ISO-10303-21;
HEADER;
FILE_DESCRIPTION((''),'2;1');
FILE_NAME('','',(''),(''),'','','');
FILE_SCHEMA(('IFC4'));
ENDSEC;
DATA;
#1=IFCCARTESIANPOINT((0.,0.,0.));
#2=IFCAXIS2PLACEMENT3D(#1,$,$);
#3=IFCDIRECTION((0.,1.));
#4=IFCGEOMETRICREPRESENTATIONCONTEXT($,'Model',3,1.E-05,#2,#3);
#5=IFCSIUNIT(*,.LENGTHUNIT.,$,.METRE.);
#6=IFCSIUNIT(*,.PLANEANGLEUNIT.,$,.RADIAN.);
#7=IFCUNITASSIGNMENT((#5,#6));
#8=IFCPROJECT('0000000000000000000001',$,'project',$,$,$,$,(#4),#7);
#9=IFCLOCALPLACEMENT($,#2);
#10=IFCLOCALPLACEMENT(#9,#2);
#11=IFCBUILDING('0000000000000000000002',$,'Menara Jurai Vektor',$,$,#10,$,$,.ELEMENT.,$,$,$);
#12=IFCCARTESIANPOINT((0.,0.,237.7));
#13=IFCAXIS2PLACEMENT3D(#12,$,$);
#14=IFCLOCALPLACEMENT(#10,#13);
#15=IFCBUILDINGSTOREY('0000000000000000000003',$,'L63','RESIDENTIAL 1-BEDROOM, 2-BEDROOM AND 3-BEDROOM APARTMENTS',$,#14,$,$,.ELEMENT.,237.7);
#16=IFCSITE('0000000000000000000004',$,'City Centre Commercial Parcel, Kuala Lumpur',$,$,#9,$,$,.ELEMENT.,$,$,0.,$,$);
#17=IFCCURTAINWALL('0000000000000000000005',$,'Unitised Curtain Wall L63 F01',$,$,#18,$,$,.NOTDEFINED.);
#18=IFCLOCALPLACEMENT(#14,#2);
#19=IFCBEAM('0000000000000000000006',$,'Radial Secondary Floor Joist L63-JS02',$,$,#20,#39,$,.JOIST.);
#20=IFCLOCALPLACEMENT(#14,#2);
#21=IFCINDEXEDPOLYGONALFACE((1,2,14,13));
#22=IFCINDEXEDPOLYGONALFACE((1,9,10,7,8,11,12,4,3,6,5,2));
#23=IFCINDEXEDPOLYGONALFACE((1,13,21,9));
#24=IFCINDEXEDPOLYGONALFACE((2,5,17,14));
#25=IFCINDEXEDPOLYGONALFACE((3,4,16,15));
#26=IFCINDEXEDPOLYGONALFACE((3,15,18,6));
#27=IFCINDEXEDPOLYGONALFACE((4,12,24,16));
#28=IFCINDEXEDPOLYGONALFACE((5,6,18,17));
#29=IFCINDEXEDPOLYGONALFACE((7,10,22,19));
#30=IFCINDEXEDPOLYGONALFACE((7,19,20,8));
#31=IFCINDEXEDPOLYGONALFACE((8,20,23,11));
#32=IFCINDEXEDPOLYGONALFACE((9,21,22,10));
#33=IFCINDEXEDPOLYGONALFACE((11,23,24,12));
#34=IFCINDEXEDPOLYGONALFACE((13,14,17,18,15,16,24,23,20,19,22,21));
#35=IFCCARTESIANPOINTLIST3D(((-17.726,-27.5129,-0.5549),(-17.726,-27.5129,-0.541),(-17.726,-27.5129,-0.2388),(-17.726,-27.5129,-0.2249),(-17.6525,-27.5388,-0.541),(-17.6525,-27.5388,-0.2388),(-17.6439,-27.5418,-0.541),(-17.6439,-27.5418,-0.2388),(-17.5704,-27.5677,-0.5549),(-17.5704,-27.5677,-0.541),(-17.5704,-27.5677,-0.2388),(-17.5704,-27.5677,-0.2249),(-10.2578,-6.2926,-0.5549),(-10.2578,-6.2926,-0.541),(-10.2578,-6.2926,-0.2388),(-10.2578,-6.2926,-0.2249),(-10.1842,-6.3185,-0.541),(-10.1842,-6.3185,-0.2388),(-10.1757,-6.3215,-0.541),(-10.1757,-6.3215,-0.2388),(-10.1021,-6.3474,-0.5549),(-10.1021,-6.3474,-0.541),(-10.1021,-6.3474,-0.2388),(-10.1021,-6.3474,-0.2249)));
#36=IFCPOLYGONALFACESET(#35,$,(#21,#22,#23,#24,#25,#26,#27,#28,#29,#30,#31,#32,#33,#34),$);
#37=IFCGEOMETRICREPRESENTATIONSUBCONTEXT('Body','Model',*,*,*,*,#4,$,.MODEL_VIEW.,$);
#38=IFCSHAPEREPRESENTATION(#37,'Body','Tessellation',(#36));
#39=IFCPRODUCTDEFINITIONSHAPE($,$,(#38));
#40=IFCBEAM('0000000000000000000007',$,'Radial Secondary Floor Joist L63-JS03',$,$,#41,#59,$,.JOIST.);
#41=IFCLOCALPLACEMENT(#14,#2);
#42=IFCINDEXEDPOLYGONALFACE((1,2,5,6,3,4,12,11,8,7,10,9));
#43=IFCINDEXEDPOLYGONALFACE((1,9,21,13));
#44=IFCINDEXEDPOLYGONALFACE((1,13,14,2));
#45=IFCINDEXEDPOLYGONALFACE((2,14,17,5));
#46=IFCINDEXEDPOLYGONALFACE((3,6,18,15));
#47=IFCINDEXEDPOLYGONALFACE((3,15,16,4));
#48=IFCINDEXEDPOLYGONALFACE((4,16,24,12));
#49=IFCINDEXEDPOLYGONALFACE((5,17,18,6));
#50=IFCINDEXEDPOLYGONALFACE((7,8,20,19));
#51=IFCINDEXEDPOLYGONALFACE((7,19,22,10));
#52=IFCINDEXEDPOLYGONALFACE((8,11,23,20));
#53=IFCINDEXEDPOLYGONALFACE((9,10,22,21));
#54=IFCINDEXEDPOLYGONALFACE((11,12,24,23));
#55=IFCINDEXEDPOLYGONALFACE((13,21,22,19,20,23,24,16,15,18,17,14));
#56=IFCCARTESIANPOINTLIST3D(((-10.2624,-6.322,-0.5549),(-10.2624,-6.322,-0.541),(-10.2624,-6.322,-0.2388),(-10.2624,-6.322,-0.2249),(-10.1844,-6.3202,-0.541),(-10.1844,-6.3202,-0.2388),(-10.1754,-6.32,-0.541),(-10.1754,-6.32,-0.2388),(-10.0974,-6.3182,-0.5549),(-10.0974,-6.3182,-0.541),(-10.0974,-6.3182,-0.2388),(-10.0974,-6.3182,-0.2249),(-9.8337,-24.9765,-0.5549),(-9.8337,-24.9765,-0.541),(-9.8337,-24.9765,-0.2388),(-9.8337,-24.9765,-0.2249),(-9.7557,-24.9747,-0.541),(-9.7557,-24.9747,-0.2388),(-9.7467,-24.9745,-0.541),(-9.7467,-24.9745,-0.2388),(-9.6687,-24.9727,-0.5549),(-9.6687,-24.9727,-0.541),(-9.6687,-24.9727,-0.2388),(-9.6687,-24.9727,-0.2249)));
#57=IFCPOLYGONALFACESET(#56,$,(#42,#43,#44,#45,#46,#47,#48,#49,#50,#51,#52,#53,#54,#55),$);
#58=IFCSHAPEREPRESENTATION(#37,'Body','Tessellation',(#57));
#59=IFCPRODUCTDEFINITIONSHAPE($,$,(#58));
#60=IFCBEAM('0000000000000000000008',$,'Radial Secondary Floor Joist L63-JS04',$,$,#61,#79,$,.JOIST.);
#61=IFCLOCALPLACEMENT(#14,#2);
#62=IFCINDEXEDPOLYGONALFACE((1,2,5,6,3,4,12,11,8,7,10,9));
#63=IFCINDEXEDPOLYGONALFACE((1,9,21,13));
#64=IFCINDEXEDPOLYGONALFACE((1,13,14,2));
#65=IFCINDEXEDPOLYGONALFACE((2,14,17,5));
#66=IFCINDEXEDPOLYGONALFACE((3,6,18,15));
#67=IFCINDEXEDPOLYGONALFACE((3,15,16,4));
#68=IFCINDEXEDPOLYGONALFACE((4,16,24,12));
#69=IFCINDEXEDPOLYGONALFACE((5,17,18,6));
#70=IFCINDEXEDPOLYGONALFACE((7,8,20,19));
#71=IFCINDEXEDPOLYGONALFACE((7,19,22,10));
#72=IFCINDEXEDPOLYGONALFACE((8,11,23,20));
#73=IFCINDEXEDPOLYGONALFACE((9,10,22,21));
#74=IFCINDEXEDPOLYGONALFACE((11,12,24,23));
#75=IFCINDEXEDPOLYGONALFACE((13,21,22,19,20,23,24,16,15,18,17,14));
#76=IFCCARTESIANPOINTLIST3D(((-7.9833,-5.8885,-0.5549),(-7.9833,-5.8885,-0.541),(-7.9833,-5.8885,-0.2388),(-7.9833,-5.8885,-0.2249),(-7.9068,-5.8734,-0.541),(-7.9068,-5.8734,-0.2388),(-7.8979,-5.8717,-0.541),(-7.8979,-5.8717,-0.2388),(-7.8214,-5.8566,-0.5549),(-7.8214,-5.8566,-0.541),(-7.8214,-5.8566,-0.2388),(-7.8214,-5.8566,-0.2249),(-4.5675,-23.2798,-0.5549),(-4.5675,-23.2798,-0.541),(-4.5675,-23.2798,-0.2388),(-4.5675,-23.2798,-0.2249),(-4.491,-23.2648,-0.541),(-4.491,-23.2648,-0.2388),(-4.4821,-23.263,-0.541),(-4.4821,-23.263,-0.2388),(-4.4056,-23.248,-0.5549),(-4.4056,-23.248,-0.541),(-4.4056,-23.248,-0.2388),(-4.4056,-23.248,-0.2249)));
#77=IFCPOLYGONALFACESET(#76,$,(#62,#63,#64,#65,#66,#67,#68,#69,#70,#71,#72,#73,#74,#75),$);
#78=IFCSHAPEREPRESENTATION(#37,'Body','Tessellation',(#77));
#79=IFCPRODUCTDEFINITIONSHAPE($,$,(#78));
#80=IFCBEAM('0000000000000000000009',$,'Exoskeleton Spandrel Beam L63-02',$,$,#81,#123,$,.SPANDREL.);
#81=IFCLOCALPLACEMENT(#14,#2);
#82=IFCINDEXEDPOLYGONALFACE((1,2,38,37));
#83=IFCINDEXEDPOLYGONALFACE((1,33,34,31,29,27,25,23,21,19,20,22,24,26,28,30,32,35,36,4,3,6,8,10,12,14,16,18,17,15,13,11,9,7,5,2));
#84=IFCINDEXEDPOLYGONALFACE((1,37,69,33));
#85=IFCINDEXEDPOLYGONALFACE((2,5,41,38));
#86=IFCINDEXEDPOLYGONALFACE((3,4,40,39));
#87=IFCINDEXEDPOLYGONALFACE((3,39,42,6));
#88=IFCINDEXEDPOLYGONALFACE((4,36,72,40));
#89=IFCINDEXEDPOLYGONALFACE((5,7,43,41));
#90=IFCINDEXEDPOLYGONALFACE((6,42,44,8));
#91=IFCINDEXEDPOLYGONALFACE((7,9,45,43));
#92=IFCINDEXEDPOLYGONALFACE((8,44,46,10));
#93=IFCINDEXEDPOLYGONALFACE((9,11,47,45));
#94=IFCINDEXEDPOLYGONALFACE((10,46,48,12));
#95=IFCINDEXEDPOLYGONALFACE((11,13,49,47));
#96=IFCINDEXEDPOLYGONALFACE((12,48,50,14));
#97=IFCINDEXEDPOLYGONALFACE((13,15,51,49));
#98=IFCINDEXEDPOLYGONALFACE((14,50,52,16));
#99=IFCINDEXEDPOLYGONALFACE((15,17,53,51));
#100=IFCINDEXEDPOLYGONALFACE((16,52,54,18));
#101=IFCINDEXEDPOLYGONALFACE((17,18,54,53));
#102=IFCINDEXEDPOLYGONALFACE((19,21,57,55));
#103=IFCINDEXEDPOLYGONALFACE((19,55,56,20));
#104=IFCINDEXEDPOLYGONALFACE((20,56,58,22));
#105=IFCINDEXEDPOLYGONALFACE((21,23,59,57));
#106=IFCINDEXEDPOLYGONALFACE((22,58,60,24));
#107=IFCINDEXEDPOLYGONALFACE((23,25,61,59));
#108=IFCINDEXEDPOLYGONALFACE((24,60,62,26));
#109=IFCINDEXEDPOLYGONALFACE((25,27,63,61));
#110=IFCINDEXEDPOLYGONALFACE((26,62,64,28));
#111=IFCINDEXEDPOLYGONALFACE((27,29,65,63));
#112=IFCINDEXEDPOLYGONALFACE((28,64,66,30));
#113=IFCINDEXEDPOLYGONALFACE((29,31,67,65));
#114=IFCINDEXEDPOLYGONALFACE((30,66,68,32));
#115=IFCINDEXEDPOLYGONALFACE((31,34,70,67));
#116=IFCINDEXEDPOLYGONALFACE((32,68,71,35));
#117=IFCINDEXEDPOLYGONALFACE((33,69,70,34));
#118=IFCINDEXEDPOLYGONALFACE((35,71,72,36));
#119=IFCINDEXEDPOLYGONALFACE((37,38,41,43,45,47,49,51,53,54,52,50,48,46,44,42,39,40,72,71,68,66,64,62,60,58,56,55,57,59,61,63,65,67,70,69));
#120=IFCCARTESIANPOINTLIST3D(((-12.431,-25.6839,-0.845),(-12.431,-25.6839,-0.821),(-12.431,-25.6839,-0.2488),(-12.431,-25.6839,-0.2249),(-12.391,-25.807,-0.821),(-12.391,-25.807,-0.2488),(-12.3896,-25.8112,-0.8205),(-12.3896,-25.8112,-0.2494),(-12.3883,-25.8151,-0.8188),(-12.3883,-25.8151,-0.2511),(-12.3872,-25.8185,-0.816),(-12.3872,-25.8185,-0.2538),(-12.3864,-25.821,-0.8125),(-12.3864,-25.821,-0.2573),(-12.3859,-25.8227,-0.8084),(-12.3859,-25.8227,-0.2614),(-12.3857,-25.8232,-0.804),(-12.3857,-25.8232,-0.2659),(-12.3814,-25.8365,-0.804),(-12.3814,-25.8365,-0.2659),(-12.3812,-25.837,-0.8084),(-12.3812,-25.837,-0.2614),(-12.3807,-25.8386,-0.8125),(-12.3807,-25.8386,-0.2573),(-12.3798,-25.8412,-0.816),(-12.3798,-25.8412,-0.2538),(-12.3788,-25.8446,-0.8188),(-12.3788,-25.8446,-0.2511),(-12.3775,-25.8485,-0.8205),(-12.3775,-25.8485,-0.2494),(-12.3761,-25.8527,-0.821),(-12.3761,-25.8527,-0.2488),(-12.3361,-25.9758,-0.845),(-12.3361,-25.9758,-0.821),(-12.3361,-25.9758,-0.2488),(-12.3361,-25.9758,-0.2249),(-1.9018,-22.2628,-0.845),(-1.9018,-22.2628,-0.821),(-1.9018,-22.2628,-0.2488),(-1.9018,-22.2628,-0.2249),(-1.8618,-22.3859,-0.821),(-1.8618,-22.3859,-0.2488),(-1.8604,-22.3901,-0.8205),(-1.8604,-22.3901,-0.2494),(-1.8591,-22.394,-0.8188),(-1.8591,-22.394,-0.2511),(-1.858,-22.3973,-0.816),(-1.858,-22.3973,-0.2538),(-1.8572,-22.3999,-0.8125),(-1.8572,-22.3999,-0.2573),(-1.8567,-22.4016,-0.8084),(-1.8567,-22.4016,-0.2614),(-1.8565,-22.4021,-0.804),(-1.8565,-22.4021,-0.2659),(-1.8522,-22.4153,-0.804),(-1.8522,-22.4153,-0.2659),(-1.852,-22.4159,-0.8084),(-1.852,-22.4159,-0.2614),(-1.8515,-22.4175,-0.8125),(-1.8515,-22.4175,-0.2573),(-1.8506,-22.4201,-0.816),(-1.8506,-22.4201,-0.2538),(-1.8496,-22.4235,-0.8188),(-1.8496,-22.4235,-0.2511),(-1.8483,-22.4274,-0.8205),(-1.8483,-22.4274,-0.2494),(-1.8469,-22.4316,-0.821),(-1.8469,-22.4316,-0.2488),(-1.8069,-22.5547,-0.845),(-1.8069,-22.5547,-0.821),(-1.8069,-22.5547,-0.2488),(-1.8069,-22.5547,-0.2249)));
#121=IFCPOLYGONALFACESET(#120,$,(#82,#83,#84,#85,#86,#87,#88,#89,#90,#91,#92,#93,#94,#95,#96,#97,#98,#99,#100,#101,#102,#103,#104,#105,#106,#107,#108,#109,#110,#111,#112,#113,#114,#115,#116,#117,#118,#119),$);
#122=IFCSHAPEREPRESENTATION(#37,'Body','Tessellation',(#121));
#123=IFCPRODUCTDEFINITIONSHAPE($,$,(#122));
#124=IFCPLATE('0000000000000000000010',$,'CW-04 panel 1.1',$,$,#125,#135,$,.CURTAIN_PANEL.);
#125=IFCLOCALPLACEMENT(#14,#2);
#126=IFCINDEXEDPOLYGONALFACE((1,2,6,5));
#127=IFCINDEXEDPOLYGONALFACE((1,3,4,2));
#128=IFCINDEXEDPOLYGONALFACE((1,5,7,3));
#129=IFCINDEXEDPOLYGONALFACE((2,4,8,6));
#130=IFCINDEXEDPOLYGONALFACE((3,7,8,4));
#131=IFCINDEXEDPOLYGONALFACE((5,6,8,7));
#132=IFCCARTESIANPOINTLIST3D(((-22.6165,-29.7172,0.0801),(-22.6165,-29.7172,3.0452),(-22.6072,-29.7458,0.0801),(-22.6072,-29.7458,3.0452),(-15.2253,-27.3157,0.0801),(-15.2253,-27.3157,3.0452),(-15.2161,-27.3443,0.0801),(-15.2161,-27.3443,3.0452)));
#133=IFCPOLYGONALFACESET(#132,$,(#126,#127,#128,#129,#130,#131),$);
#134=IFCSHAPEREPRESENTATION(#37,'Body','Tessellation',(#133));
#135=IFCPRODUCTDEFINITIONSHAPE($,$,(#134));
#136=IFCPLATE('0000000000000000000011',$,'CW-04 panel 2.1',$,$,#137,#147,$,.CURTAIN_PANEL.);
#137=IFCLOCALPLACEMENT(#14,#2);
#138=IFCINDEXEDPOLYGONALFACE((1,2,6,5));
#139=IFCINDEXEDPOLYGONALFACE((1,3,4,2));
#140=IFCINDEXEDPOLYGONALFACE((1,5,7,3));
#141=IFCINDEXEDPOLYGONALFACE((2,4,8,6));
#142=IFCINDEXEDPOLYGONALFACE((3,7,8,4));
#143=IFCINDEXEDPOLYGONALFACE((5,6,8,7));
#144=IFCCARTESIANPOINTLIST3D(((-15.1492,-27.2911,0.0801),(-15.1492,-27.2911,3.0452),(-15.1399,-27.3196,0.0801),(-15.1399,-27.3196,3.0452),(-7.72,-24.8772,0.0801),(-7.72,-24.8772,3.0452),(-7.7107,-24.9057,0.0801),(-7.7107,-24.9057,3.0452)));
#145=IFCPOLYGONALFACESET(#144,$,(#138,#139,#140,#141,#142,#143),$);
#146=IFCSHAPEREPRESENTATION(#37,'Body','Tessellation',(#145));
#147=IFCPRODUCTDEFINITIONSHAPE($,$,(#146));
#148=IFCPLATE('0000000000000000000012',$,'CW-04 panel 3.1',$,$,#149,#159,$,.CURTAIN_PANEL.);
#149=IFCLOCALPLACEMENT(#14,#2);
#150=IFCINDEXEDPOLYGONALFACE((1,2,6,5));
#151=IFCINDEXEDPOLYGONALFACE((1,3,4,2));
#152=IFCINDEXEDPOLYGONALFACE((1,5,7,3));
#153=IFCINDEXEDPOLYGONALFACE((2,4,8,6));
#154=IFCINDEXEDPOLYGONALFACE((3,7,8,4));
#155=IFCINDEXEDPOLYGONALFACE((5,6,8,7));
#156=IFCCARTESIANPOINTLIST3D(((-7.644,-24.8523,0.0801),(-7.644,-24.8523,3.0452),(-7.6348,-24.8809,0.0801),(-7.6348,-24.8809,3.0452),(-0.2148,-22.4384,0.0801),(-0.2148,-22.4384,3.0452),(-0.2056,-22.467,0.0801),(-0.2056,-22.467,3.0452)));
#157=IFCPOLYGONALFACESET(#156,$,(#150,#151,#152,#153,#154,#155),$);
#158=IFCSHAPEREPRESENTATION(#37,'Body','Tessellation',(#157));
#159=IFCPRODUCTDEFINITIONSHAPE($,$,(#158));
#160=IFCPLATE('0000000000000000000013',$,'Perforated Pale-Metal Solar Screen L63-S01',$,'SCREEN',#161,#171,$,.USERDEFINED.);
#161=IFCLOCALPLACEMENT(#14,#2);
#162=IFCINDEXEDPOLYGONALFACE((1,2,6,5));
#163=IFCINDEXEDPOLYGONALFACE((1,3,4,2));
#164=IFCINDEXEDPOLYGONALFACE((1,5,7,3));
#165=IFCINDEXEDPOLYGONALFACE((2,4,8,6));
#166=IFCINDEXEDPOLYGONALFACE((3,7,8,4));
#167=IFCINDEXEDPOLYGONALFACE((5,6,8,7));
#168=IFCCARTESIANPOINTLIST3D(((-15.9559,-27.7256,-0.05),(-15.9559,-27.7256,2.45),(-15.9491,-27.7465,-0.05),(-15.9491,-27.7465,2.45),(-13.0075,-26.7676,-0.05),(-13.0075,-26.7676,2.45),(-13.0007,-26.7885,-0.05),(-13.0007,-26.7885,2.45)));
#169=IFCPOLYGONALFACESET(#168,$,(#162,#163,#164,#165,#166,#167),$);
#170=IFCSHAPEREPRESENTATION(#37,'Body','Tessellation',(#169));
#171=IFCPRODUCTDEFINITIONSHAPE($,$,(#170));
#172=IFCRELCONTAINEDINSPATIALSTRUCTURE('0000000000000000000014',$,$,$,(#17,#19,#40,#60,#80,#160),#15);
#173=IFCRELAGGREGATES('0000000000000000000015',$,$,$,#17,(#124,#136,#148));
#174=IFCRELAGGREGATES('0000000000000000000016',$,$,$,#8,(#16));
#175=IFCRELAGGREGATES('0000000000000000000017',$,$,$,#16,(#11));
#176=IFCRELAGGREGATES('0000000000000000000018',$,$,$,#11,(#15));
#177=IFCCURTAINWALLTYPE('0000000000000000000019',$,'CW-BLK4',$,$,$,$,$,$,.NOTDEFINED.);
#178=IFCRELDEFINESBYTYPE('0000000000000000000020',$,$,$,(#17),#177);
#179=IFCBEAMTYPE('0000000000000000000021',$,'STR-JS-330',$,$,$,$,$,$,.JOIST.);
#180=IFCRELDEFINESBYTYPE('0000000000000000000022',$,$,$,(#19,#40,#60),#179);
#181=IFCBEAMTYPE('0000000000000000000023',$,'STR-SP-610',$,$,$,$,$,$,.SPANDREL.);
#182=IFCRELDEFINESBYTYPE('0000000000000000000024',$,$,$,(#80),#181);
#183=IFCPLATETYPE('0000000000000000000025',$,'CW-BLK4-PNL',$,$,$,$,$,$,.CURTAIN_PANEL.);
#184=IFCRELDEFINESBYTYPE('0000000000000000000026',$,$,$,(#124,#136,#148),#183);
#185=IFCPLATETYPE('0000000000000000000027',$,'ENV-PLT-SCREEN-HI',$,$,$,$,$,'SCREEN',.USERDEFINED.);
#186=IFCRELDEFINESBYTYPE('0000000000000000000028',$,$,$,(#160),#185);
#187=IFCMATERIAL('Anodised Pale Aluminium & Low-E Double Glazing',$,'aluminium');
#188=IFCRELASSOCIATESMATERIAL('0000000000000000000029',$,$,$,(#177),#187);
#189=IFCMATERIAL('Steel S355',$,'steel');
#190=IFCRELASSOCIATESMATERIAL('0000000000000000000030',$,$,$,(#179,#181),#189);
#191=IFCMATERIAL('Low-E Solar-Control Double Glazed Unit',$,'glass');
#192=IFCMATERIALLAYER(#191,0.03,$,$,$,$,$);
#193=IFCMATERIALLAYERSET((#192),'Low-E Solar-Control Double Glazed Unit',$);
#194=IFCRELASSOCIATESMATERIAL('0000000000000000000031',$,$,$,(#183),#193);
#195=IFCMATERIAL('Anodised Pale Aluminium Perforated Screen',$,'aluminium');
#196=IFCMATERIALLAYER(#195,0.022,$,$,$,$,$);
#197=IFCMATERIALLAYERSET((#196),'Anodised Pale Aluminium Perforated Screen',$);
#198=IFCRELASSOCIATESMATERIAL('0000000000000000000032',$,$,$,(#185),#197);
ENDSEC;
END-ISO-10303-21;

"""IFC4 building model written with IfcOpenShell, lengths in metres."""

from ifc_helpers import new_model, si_unit, direction, frame, origin, origin_2d, place, context, subcontext, project, spatial, rectangle, i_section, extrude, material, layer, layer_set, material_profile, profile_set, type_object, element, aggregate, save


model = new_model("IFC4")

# Units and contexts
model_context = context("Model", 3, precision=1e-05, world=origin(), true_north=direction((0.0, 1.0)))
body_context = subcontext(model_context, "Body", "Model", "MODEL_VIEW")
ifc_project = project(units=[si_unit("LENGTHUNIT", "METRE"), si_unit("PLANEANGLEUNIT", "RADIAN")], contexts=[model_context])

# Site, building, storey
site_placement = place(None, origin())
site = spatial("IfcSite", under=ifc_project, at=site_placement, Name="City Centre Commercial Parcel, Kuala Lumpur", CompositionType="ELEMENT", RefElevation=0.0)
building_placement = place(site_placement, origin())
building = spatial("IfcBuilding", under=site, at=building_placement, Name="Menara Jurai Vektor", CompositionType="ELEMENT")
storey_placement = place(building_placement, frame((0.0, 0.0, 237.7)))
storey = spatial("IfcBuildingStorey", under=building, at=storey_placement, Name="L63", Description="RESIDENTIAL 1-BEDROOM, 2-BEDROOM AND 3-BEDROOM APARTMENTS", CompositionType="ELEMENT", Elevation=237.7)

# Curtain wall
ifc_material_1 = material(Name="Anodised Pale Aluminium & Low-E Double Glazing", Category="aluminium")
curtain_wall_type = type_object("IfcCurtainWallType", Name="CW-BLK4", PredefinedType="NOTDEFINED", material=ifc_material_1)
curtain_wall_placement = place(storey_placement, origin())
curtain_wall = element("IfcCurtainWall", 1, at=curtain_wall_placement, inside=storey, type_object=curtain_wall_type, Name="Unitised Curtain Wall L63 F01", PredefinedType="NOTDEFINED")

# Beams
ifc_material_2 = material(Name="Steel S355", Category="steel")
ifc_material_profile_1 = material_profile(ifc_material_2, i_section(OverallWidth=0.165, OverallDepth=0.3301, WebThickness=0.009, FlangeThickness=0.0139, at=origin_2d()), Name="PG 330x165x46")
ifc_profile_set_1 = profile_set([ifc_material_profile_1], Name="Steel S355")
beam_type_1 = type_object("IfcBeamType", Name="STR-JS-330", PredefinedType="JOIST", material=ifc_profile_set_1)
beam_1_placement = place(storey_placement, frame((-17.6482, -27.5403, -0.3899), z_axis=(0.331981, 0.943286, 0.0), x_axis=(-0.943286, 0.331981, 0.0)))
element("IfcBeam", 2, at=beam_1_placement, inside=storey, type_object=beam_type_1, Name="Radial Secondary Floor Joist L63-JS02", PredefinedType="JOIST", context=body_context, shape_type="SweptSolid", body=[
    extrude(i_section(OverallWidth=0.165, OverallDepth=0.3301, WebThickness=0.009, FlangeThickness=0.0139, at=origin_2d()), origin(), (0.0, 0.0, 1.0), 22.4961),
])
beam_2_placement = place(storey_placement, frame((-9.7512, -24.9746, -0.3899), z_axis=(-0.022976, 0.999736, 0.0), x_axis=(-0.999736, -0.022976, 0.0)))
element("IfcBeam", 3, at=beam_2_placement, inside=storey, type_object=beam_type_1, Name="Radial Secondary Floor Joist L63-JS03", PredefinedType="JOIST", context=body_context, shape_type="SweptSolid", body=[
    extrude(i_section(OverallWidth=0.165, OverallDepth=0.3301, WebThickness=0.009, FlangeThickness=0.0139, at=origin_2d()), origin(), (0.0, 0.0, 1.0), 18.6594),
])
beam_3_placement = place(storey_placement, frame((-4.4866, -23.2639, -0.3899), z_axis=(-0.192724, 0.981253, 0.0), x_axis=(-0.981253, -0.192724, 0.0)))
element("IfcBeam", 4, at=beam_3_placement, inside=storey, type_object=beam_type_1, Name="Radial Secondary Floor Joist L63-JS04", PredefinedType="JOIST", context=body_context, shape_type="SweptSolid", body=[
    extrude(i_section(OverallWidth=0.165, OverallDepth=0.3301, WebThickness=0.009, FlangeThickness=0.0139, at=origin_2d()), origin(), (0.0, 0.0, 1.0), 17.7236),
])
ifc_material_profile_2 = material_profile(ifc_material_2, i_section(OverallWidth=0.3069, OverallDepth=0.6201, WebThickness=0.0139, FlangeThickness=0.0239, FilletRadius=0.0171, at=origin_2d()), Name="UKB 610x305x179")
ifc_profile_set_2 = profile_set([ifc_material_profile_2], Name="Steel S355")
beam_type_2 = type_object("IfcBeamType", Name="STR-SP-610", PredefinedType="SPANDREL", material=ifc_profile_set_2)
beam_4_placement = place(storey_placement, frame((-12.3835, -25.8298, -0.5349), z_axis=(0.951057, 0.309014, 0.0), x_axis=(-0.309014, 0.951057, 0.0)))
element("IfcBeam", 5, at=beam_4_placement, inside=storey, type_object=beam_type_2, Name="Exoskeleton Spandrel Beam L63-02", PredefinedType="SPANDREL", context=body_context, shape_type="SweptSolid", body=[
    extrude(i_section(OverallWidth=0.3069, OverallDepth=0.6201, WebThickness=0.0139, FlangeThickness=0.0239, FilletRadius=0.0171, at=origin_2d()), origin(), (0.0, 0.0, 1.0), 11.071),
])

# Plates
ifc_material_3 = material(Name="Low-E Solar-Control Double Glazed Unit", Category="glass")
ifc_layer_1 = layer(ifc_material_3, 0.03)
ifc_layer_set_1 = layer_set([ifc_layer_1], Name="Low-E Solar-Control Double Glazed Unit")
plate_type_1 = type_object("IfcPlateType", Name="CW-BLK4-PNL", PredefinedType="CURTAIN_PANEL", material=ifc_layer_set_1)
plate_1_placement = place(storey_placement, frame((-18.9163, -28.5308, 0.0801), z_axis=(0.0, 0.0, 1.0), x_axis=(0.951056, 0.309017, 0.0)))
plate_1 = element("IfcPlate", 6, at=plate_1_placement, type_object=plate_type_1, Name="CW-04 panel 1.1", PredefinedType="CURTAIN_PANEL", context=body_context, shape_type="SweptSolid", body=[
    extrude(rectangle(XDim=7.7715, YDim=0.03, at=origin_2d()), origin(), (0.0, 0.0, 1.0), 2.9651),
])
plate_2_placement = place(storey_placement, frame((-11.4299, -26.0984, 0.0801), z_axis=(0.0, 0.0, 1.0), x_axis=(0.951056, 0.309017, 0.0)))
plate_2 = element("IfcPlate", 7, at=plate_2_placement, type_object=plate_type_1, Name="CW-04 panel 2.1", PredefinedType="CURTAIN_PANEL", context=body_context, shape_type="SweptSolid", body=[
    extrude(rectangle(XDim=7.8115, YDim=0.03, at=origin_2d()), origin(), (0.0, 0.0, 1.0), 2.9651),
])
plate_3_placement = place(storey_placement, frame((-3.9248, -23.6597, 0.0801), z_axis=(0.0, 0.0, 1.0), x_axis=(0.951056, 0.309017, 0.0)))
plate_3 = element("IfcPlate", 8, at=plate_3_placement, type_object=plate_type_1, Name="CW-04 panel 3.1", PredefinedType="CURTAIN_PANEL", context=body_context, shape_type="SweptSolid", body=[
    extrude(rectangle(XDim=7.8115, YDim=0.03, at=origin_2d()), origin(), (0.0, 0.0, 1.0), 2.9651),
])
aggregate(curtain_wall, [plate_1, plate_2, plate_3])
ifc_material_4 = material(Name="Anodised Pale Aluminium Perforated Screen", Category="aluminium")
ifc_layer_2 = layer(ifc_material_4, 0.022)
ifc_layer_set_2 = layer_set([ifc_layer_2], Name="Anodised Pale Aluminium Perforated Screen")
plate_type_2 = type_object("IfcPlateType", Name="ENV-PLT-SCREEN-HI", ElementType="SCREEN", PredefinedType="USERDEFINED", material=ifc_layer_set_2)
plate_4_placement = place(storey_placement, frame((-14.4783, -27.2571, -0.05), z_axis=(0.0, 0.0, 1.0), x_axis=(0.951057, 0.309017, 0.0)))
element("IfcPlate", 9, at=plate_4_placement, inside=storey, type_object=plate_type_2, Name="Perforated Pale-Metal Solar Screen L63-S01", ObjectType="SCREEN", PredefinedType="USERDEFINED", context=body_context, shape_type="SweptSolid", body=[
    extrude(rectangle(XDim=3.1001, YDim=0.022, at=origin_2d()), origin(), (0.0, 0.0, 1.0), 2.5),
])

save(model, "model.ifc")
